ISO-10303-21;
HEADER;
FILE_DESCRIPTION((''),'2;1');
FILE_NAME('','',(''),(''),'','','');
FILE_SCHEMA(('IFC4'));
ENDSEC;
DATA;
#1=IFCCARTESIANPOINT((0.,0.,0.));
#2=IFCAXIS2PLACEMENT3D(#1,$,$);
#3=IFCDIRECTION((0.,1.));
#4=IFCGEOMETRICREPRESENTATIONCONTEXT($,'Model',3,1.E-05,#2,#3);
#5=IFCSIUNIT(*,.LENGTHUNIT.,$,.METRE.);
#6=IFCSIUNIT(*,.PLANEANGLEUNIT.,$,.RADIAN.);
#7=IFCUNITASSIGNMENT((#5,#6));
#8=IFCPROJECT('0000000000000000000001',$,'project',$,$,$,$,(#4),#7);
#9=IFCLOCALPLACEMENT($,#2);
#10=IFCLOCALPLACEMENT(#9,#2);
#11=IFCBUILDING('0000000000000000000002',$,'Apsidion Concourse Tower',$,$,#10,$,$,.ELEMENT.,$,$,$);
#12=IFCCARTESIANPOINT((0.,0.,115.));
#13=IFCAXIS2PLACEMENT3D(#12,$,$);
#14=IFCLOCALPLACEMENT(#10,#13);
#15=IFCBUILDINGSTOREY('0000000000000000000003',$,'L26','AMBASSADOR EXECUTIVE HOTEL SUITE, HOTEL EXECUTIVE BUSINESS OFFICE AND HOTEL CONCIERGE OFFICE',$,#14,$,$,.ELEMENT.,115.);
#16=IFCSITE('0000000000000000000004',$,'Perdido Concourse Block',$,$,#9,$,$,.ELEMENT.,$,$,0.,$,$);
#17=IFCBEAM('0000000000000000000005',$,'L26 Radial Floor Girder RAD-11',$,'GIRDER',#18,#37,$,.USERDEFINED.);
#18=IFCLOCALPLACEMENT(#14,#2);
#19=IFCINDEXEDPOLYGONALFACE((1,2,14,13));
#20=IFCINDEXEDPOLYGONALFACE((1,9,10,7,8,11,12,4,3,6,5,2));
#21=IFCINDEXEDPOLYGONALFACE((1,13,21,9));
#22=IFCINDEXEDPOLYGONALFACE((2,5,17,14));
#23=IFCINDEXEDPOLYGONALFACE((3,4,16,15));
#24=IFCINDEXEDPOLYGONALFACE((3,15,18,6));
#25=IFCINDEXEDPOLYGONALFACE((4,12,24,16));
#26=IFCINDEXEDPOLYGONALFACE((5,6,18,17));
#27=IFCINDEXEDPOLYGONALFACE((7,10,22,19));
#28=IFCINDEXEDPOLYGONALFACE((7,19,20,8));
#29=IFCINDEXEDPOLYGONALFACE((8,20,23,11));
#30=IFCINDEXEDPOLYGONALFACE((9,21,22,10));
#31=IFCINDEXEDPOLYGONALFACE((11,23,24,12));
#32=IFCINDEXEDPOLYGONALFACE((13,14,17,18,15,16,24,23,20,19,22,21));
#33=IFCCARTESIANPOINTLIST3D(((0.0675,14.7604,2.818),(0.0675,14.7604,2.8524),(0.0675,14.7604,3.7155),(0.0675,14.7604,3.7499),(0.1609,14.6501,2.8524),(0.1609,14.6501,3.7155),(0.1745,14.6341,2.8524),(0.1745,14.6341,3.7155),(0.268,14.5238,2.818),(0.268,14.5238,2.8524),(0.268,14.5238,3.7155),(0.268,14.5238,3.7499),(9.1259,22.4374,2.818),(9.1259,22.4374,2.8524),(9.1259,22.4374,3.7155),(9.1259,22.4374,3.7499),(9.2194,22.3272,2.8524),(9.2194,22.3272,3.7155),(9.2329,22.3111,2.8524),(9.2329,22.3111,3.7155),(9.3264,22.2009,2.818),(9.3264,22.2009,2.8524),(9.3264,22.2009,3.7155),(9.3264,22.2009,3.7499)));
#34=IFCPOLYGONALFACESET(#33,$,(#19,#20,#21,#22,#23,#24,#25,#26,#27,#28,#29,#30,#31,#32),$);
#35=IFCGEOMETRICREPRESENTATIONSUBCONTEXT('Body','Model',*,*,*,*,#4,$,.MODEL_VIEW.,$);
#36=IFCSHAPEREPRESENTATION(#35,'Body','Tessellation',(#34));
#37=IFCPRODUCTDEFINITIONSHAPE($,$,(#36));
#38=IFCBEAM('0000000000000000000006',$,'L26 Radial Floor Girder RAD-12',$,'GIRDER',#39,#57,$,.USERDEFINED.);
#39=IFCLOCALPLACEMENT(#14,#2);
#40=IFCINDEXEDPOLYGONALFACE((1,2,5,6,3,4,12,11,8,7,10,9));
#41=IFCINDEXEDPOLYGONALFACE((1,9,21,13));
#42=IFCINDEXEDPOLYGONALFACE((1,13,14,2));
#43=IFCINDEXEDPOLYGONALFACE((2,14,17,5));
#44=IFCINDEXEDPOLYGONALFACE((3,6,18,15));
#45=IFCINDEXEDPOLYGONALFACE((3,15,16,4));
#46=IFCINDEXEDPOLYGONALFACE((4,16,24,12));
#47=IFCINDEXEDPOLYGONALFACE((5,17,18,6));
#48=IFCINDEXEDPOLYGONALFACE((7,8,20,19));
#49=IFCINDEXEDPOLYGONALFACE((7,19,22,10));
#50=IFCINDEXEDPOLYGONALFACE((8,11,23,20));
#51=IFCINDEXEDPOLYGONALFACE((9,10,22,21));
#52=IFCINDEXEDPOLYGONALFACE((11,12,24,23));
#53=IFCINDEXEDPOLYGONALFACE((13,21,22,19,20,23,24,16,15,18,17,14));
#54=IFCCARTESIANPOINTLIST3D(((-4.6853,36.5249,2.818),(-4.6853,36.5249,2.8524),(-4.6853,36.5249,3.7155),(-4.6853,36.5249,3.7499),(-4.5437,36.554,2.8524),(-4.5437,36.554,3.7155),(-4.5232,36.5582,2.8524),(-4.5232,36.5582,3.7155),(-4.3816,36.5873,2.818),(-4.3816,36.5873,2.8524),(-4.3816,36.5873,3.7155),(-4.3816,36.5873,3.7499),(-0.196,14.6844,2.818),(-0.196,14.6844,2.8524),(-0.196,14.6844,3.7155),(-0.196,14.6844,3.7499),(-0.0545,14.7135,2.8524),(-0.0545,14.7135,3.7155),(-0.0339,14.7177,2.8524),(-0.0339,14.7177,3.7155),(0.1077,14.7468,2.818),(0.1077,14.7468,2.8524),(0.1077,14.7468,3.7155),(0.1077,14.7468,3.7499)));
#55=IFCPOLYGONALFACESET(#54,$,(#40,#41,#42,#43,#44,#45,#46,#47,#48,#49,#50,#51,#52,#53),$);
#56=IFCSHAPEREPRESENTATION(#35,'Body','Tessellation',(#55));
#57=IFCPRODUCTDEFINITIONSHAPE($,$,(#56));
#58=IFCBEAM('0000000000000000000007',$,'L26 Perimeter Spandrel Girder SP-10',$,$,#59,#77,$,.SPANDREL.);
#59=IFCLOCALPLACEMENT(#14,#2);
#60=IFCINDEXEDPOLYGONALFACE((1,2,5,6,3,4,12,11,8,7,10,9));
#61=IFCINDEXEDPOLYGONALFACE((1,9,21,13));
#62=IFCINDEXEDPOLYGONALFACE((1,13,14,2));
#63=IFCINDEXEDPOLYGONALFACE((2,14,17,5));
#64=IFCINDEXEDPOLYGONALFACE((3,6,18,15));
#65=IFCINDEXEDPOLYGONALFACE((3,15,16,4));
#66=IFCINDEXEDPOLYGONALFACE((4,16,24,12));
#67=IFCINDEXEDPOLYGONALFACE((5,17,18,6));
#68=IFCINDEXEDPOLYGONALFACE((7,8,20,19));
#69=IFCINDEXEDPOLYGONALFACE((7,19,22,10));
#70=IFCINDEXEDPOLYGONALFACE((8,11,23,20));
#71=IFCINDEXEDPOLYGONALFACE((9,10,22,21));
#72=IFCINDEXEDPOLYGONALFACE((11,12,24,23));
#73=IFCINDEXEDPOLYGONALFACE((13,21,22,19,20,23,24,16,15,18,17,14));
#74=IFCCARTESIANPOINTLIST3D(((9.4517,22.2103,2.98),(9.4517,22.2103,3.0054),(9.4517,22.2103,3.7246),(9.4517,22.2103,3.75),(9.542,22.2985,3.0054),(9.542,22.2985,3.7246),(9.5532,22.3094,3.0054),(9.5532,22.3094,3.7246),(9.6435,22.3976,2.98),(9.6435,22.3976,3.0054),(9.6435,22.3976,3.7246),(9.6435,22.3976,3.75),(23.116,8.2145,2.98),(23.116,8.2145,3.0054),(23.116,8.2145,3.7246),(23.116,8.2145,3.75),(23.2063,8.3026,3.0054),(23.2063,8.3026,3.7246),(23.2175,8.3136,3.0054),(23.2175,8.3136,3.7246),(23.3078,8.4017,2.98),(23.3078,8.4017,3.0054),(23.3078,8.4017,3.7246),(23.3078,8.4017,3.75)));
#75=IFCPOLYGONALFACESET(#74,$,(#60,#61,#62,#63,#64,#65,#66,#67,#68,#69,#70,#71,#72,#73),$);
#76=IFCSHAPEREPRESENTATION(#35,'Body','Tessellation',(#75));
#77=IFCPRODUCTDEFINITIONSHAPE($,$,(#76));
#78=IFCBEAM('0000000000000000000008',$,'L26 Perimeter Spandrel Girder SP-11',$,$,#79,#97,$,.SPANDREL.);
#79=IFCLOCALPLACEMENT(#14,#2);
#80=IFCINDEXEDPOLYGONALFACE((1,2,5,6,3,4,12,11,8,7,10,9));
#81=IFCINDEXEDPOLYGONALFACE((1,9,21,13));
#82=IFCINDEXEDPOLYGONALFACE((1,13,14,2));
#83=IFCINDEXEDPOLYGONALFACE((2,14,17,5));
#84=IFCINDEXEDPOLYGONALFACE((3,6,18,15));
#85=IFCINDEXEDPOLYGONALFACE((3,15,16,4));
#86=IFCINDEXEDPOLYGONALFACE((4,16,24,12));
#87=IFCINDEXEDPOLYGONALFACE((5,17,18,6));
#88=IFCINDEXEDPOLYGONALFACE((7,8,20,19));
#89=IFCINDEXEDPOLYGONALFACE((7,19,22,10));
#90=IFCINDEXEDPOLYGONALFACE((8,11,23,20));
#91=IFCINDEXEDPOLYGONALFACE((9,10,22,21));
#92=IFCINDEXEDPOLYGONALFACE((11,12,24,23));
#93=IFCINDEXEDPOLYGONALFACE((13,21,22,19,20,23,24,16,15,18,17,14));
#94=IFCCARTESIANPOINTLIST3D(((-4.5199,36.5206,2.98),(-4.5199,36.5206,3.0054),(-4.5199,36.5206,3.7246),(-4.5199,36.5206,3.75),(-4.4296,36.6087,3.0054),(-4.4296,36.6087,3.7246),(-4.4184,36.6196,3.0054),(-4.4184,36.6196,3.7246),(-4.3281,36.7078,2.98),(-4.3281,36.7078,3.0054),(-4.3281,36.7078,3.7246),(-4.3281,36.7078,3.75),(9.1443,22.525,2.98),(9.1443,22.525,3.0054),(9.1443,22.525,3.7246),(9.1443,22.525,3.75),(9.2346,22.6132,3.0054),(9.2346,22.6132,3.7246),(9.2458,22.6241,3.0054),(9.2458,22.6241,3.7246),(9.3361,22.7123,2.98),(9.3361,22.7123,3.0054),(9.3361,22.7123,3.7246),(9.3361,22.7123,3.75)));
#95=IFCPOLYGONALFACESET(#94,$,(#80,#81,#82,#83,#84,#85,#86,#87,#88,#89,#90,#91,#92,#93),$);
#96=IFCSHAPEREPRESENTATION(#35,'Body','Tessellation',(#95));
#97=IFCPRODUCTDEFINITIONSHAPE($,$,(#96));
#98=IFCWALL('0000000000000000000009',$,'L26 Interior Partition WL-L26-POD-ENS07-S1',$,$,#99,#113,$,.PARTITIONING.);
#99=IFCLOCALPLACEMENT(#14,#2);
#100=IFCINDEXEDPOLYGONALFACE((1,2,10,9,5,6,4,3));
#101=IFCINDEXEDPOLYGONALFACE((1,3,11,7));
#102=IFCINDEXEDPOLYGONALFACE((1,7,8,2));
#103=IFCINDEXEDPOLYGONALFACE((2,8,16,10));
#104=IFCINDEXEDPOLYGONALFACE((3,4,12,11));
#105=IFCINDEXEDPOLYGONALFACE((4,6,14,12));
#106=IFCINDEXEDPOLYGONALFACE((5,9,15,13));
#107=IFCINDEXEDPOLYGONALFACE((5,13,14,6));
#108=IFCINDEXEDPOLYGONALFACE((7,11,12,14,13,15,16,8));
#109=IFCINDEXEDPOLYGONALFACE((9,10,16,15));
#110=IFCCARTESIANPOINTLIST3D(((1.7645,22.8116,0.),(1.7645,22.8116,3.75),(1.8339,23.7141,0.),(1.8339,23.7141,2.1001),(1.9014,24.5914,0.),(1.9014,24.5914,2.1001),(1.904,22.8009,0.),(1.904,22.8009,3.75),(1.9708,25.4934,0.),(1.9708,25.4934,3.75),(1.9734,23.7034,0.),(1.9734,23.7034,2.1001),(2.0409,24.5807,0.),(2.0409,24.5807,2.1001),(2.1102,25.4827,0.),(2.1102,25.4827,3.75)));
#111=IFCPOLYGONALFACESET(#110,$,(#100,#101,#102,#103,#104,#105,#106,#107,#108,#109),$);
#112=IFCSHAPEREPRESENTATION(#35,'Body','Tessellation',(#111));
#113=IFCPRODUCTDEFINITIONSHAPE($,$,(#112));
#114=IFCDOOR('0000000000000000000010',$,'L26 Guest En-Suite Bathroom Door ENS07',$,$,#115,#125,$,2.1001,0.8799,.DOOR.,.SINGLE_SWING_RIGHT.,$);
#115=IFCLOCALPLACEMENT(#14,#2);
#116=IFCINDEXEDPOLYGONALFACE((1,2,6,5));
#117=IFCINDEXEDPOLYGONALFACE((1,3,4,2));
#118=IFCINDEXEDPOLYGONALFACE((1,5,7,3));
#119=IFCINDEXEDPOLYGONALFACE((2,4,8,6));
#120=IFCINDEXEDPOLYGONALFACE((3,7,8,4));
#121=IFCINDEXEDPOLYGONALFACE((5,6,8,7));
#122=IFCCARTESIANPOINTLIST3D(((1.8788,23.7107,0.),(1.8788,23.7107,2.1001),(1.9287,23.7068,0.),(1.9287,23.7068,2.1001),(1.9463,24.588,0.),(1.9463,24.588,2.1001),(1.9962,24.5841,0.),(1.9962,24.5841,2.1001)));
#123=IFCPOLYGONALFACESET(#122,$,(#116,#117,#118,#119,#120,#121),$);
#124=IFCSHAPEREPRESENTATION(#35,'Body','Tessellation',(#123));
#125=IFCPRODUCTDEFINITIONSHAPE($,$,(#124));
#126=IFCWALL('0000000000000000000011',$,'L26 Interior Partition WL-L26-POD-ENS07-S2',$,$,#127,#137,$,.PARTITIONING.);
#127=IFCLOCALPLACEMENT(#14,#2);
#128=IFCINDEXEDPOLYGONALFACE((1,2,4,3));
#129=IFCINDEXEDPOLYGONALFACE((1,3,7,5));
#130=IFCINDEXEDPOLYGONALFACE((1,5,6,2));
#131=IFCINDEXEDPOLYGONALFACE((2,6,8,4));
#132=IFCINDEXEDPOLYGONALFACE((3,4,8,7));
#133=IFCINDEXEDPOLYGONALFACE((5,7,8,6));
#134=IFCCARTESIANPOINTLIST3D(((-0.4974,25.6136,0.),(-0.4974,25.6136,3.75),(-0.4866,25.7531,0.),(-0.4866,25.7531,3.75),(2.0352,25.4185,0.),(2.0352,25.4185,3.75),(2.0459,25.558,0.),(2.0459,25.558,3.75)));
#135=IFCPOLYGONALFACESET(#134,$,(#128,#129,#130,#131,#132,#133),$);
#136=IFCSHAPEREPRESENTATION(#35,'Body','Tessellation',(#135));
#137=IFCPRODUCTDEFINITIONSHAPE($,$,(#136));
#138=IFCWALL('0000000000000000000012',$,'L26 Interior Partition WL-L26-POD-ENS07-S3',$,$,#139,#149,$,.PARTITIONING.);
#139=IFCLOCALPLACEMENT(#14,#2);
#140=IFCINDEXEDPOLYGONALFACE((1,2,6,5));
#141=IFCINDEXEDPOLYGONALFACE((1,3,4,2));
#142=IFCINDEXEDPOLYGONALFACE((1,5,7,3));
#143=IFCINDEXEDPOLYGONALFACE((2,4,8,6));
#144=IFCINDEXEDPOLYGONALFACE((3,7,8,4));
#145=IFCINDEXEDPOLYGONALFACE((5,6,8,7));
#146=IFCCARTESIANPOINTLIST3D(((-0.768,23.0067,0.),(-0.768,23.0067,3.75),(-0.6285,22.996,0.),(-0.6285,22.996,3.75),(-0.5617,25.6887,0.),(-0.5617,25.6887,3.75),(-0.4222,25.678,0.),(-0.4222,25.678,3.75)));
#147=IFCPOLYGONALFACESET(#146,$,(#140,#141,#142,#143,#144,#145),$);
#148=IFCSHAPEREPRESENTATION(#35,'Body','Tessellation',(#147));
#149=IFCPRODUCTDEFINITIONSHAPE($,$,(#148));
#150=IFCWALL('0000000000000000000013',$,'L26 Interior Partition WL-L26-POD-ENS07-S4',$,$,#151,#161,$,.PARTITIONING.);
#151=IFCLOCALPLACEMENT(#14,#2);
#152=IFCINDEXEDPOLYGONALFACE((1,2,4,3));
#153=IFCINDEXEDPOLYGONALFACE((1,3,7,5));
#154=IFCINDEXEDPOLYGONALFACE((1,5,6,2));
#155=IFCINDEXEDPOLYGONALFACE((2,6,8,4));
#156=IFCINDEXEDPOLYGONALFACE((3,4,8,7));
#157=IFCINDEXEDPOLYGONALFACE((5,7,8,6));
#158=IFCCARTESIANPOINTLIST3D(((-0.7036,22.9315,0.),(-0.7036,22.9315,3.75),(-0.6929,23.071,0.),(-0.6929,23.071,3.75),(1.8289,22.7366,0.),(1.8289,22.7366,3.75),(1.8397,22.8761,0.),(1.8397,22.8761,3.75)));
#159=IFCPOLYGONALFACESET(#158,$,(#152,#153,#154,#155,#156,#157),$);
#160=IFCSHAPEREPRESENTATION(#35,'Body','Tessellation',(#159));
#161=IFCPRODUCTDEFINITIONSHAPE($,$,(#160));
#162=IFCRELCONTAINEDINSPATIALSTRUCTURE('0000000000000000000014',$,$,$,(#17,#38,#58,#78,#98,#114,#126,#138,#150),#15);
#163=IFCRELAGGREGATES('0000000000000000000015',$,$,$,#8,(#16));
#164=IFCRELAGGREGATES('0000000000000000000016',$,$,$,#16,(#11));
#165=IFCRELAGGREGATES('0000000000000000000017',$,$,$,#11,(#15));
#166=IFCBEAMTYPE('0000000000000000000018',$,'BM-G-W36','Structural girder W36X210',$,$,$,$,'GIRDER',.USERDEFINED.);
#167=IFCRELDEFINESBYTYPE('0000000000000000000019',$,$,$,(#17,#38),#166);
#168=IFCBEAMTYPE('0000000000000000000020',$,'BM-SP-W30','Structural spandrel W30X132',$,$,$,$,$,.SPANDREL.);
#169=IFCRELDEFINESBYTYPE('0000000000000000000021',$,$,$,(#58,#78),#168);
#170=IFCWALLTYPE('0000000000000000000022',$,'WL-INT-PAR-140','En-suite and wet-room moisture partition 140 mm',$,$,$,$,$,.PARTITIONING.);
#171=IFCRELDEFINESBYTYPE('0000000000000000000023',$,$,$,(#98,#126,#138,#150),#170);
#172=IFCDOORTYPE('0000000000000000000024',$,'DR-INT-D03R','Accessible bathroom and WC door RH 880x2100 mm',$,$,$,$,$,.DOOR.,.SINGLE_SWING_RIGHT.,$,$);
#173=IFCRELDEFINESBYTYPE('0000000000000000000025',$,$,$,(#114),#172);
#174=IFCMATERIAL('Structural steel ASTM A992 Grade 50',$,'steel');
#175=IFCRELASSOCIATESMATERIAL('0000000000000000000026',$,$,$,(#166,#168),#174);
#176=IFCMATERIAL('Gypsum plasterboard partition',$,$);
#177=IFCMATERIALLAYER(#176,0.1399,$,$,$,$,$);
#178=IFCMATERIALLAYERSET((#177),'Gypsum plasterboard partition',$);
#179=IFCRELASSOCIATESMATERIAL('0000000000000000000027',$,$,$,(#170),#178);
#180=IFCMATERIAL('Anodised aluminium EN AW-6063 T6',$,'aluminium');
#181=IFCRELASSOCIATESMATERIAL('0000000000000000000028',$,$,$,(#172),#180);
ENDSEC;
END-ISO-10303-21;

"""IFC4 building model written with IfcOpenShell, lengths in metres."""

from ifc_helpers import new_model, si_unit, direction, frame, frame_2d, origin, origin_2d, place, context, subcontext, project, spatial, rectangle, i_section, extrude, material, layer, layer_set, material_profile, profile_set, type_object, element, fill, save


model = new_model("IFC4")

# Units and contexts
model_context = context("Model", 3, precision=1e-05, world=origin(), true_north=direction((0.0, 1.0)))
body_context = subcontext(model_context, "Body", "Model", "MODEL_VIEW")
ifc_project = project(units=[si_unit("LENGTHUNIT", "METRE"), si_unit("PLANEANGLEUNIT", "RADIAN")], contexts=[model_context])

# Site, building, storey
site_placement = place(None, origin())
site = spatial("IfcSite", under=ifc_project, at=site_placement, Name="Perdido Concourse Block", CompositionType="ELEMENT", RefElevation=0.0)
building_placement = place(site_placement, origin())
building = spatial("IfcBuilding", under=site, at=building_placement, Name="Apsidion Concourse Tower", CompositionType="ELEMENT")
storey_placement = place(building_placement, frame((0.0, 0.0, 115.0)))
storey = spatial("IfcBuildingStorey", under=building, at=storey_placement, Name="L26", Description="AMBASSADOR EXECUTIVE HOTEL SUITE, HOTEL EXECUTIVE BUSINESS OFFICE AND HOTEL CONCIERGE OFFICE", CompositionType="ELEMENT", Elevation=115.0)

# Beams
ifc_material_1 = material(Name="Structural steel ASTM A992 Grade 50", Category="steel")
ifc_material_profile_1 = material_profile(ifc_material_1, i_section(OverallWidth=0.3101, OverallDepth=0.9319, WebThickness=0.021, FlangeThickness=0.0344, at=origin_2d()), Name="W36X210")
ifc_profile_set_1 = profile_set([ifc_material_profile_1], Name="Structural steel ASTM A992 Grade 50")
beam_type_1 = type_object("IfcBeamType", Name="BM-G-W36", Description="Structural girder W36X210", ElementType="GIRDER", PredefinedType="USERDEFINED", material=ifc_profile_set_1)
beam_1_placement = place(storey_placement, frame((0.1677, 14.6421, 3.2839), z_axis=(0.762878, 0.646543, 0.0), x_axis=(-0.646543, 0.762878, 0.0)))
element("IfcBeam", 1, at=beam_1_placement, inside=storey, type_object=beam_type_1, Name="L26 Radial Floor Girder RAD-11", ObjectType="GIRDER", PredefinedType="USERDEFINED", context=body_context, shape_type="SweptSolid", body=[
    extrude(i_section(OverallWidth=0.3101, OverallDepth=0.9319, WebThickness=0.021, FlangeThickness=0.0344, at=origin_2d()), origin(), (0.0, 0.0, 1.0), 11.874),
])
beam_2_placement = place(storey_placement, frame((-0.0442, 14.7156, 3.2839), z_axis=(-0.201337, 0.979522, 0.0), x_axis=(-0.979522, -0.201337, 0.0)))
element("IfcBeam", 2, at=beam_2_placement, inside=storey, type_object=beam_type_1, Name="L26 Radial Floor Girder RAD-12", ObjectType="GIRDER", PredefinedType="USERDEFINED", context=body_context, shape_type="SweptSolid", body=[
    extrude(i_section(OverallWidth=0.3101, OverallDepth=0.9319, WebThickness=0.021, FlangeThickness=0.0344, at=origin_2d()), origin(), (0.0, 0.0, 1.0), 22.2971),
])
ifc_material_profile_2 = material_profile(ifc_material_1, i_section(OverallWidth=0.2681, OverallDepth=0.77, WebThickness=0.0156, FlangeThickness=0.0254, at=origin_2d()), Name="W30X132")
ifc_profile_set_2 = profile_set([ifc_material_profile_2], Name="Structural steel ASTM A992 Grade 50")
beam_type_2 = type_object("IfcBeamType", Name="BM-SP-W30", Description="Structural spandrel W30X132", PredefinedType="SPANDREL", material=ifc_profile_set_2)
beam_3_placement = place(storey_placement, frame((23.2119, 8.3081, 3.365), z_axis=(-0.698581, 0.715531, 0.0), x_axis=(-0.715531, -0.698581, 0.0)))
element("IfcBeam", 3, at=beam_3_placement, inside=storey, type_object=beam_type_2, Name="L26 Perimeter Spandrel Girder SP-10", PredefinedType="SPANDREL", context=body_context, shape_type="SweptSolid", body=[
    extrude(i_section(OverallWidth=0.2681, OverallDepth=0.77, WebThickness=0.0156, FlangeThickness=0.0254, at=origin_2d()), origin(), (0.0, 0.0, 1.0), 19.5601),
])
beam_4_placement = place(storey_placement, frame((9.2402, 22.6187, 3.365), z_axis=(-0.698587, 0.715525, 0.0), x_axis=(-0.715525, -0.698587, 0.0)))
element("IfcBeam", 4, at=beam_4_placement, inside=storey, type_object=beam_type_2, Name="L26 Perimeter Spandrel Girder SP-11", PredefinedType="SPANDREL", context=body_context, shape_type="SweptSolid", body=[
    extrude(i_section(OverallWidth=0.2681, OverallDepth=0.77, WebThickness=0.0156, FlangeThickness=0.0254, at=origin_2d()), origin(), (0.0, 0.0, 1.0), 19.5598),
])

# Wall, opening, door
ifc_material_2 = material(Name="Gypsum plasterboard partition")
ifc_layer_1 = layer(ifc_material_2, 0.1399)
ifc_layer_set_1 = layer_set([ifc_layer_1], Name="Gypsum plasterboard partition")
wall_type_1 = type_object("IfcWallType", Name="WL-INT-PAR-140", Description="En-suite and wet-room moisture partition 140 mm", PredefinedType="PARTITIONING", material=ifc_layer_set_1)
wall_1_placement = place(storey_placement, frame((1.8342, 22.8064, 0.0), z_axis=(0.0, 0.0, 1.0), x_axis=(0.076696, 0.997054, 0.0)))
wall_1 = element("IfcWall", 5, at=wall_1_placement, inside=storey, type_object=wall_type_1, Name="L26 Interior Partition WL-L26-POD-ENS07-S1", PredefinedType="PARTITIONING", context=body_context, shape_type="SweptSolid", body=[
    extrude(rectangle(XDim=2.6897, YDim=0.1399, at=frame_2d((1.3447, 0.0))), origin(), (0.0, 0.0, 1.0), 3.75),
])
opening_1_placement = place(wall_1_placement, frame((0.905, 0.0, 0.0)))
opening_1 = element("IfcOpeningElement", 6, at=opening_1_placement, cuts=wall_1, PredefinedType="OPENING", context=body_context, shape_type="SweptSolid", body=[
    extrude(rectangle(XDim=0.8799, YDim=2.1001, at=frame_2d((0.4399, 1.05))), frame((0.0, 0.0801, 0.0), z_axis=(0.0, -1.0, 0.0), x_axis=(1.0, 0.0, 0.0)), (0.0, 0.0, 1.0), 0.1599),
])
ifc_material_3 = material(Name="Anodised aluminium EN AW-6063 T6", Category="aluminium")
door_type_1 = type_object("IfcDoorType", Name="DR-INT-D03R", Description="Accessible bathroom and WC door RH 880x2100 mm", OperationType="SINGLE_SWING_RIGHT", PredefinedType="DOOR", material=ifc_material_3)
door_1_placement = place(opening_1_placement, origin())
door_1 = element("IfcDoor", 7, at=door_1_placement, inside=storey, type_object=door_type_1, Name="L26 Guest En-Suite Bathroom Door ENS07", OperationType="SINGLE_SWING_RIGHT", OverallHeight=2.1001, OverallWidth=0.8799, PredefinedType="DOOR", context=body_context, shape_type="SweptSolid", body=[
    extrude(rectangle(XDim=0.8799, YDim=2.1001, at=frame_2d((0.4399, 1.05))), frame((0.0, 0.0249, 0.0), z_axis=(0.0, -1.0, 0.0), x_axis=(1.0, 0.0, 0.0)), (0.0, 0.0, 1.0), 0.05),
])
fill(opening_1, door_1)

# Walls
wall_2_placement = place(storey_placement, frame((2.0405, 25.4883, 0.0), z_axis=(0.0, 0.0, 1.0), x_axis=(-0.997047, 0.076799, 0.0)))
element("IfcWall", 8, at=wall_2_placement, inside=storey, type_object=wall_type_1, Name="L26 Interior Partition WL-L26-POD-ENS07-S2", PredefinedType="PARTITIONING", context=body_context, shape_type="SweptSolid", body=[
    extrude(rectangle(XDim=2.54, YDim=0.1399, at=frame_2d((1.27, 0.0))), origin(), (0.0, 0.0, 1.0), 3.75),
])
wall_3_placement = place(storey_placement, frame((-0.4919, 25.6833, 0.0), z_axis=(0.0, 0.0, 1.0), x_axis=(-0.07669, -0.997055, 0.0)))
element("IfcWall", 9, at=wall_3_placement, inside=storey, type_object=wall_type_1, Name="L26 Interior Partition WL-L26-POD-ENS07-S3", PredefinedType="PARTITIONING", context=body_context, shape_type="SweptSolid", body=[
    extrude(rectangle(XDim=2.6899, YDim=0.1399, at=frame_2d((1.345, 0.0))), origin(), (0.0, 0.0, 1.0), 3.75),
])
wall_4_placement = place(storey_placement, frame((-0.6982, 23.0012, 0.0), z_axis=(0.0, 0.0, 1.0), x_axis=(0.997054, -0.076704, 0.0)))
element("IfcWall", 10, at=wall_4_placement, inside=storey, type_object=wall_type_1, Name="L26 Interior Partition WL-L26-POD-ENS07-S4", PredefinedType="PARTITIONING", context=body_context, shape_type="SweptSolid", body=[
    extrude(rectangle(XDim=2.54, YDim=0.1399, at=frame_2d((1.27, 0.0))), origin(), (0.0, 0.0, 1.0), 3.75),
])

save(model, "model.ifc")
